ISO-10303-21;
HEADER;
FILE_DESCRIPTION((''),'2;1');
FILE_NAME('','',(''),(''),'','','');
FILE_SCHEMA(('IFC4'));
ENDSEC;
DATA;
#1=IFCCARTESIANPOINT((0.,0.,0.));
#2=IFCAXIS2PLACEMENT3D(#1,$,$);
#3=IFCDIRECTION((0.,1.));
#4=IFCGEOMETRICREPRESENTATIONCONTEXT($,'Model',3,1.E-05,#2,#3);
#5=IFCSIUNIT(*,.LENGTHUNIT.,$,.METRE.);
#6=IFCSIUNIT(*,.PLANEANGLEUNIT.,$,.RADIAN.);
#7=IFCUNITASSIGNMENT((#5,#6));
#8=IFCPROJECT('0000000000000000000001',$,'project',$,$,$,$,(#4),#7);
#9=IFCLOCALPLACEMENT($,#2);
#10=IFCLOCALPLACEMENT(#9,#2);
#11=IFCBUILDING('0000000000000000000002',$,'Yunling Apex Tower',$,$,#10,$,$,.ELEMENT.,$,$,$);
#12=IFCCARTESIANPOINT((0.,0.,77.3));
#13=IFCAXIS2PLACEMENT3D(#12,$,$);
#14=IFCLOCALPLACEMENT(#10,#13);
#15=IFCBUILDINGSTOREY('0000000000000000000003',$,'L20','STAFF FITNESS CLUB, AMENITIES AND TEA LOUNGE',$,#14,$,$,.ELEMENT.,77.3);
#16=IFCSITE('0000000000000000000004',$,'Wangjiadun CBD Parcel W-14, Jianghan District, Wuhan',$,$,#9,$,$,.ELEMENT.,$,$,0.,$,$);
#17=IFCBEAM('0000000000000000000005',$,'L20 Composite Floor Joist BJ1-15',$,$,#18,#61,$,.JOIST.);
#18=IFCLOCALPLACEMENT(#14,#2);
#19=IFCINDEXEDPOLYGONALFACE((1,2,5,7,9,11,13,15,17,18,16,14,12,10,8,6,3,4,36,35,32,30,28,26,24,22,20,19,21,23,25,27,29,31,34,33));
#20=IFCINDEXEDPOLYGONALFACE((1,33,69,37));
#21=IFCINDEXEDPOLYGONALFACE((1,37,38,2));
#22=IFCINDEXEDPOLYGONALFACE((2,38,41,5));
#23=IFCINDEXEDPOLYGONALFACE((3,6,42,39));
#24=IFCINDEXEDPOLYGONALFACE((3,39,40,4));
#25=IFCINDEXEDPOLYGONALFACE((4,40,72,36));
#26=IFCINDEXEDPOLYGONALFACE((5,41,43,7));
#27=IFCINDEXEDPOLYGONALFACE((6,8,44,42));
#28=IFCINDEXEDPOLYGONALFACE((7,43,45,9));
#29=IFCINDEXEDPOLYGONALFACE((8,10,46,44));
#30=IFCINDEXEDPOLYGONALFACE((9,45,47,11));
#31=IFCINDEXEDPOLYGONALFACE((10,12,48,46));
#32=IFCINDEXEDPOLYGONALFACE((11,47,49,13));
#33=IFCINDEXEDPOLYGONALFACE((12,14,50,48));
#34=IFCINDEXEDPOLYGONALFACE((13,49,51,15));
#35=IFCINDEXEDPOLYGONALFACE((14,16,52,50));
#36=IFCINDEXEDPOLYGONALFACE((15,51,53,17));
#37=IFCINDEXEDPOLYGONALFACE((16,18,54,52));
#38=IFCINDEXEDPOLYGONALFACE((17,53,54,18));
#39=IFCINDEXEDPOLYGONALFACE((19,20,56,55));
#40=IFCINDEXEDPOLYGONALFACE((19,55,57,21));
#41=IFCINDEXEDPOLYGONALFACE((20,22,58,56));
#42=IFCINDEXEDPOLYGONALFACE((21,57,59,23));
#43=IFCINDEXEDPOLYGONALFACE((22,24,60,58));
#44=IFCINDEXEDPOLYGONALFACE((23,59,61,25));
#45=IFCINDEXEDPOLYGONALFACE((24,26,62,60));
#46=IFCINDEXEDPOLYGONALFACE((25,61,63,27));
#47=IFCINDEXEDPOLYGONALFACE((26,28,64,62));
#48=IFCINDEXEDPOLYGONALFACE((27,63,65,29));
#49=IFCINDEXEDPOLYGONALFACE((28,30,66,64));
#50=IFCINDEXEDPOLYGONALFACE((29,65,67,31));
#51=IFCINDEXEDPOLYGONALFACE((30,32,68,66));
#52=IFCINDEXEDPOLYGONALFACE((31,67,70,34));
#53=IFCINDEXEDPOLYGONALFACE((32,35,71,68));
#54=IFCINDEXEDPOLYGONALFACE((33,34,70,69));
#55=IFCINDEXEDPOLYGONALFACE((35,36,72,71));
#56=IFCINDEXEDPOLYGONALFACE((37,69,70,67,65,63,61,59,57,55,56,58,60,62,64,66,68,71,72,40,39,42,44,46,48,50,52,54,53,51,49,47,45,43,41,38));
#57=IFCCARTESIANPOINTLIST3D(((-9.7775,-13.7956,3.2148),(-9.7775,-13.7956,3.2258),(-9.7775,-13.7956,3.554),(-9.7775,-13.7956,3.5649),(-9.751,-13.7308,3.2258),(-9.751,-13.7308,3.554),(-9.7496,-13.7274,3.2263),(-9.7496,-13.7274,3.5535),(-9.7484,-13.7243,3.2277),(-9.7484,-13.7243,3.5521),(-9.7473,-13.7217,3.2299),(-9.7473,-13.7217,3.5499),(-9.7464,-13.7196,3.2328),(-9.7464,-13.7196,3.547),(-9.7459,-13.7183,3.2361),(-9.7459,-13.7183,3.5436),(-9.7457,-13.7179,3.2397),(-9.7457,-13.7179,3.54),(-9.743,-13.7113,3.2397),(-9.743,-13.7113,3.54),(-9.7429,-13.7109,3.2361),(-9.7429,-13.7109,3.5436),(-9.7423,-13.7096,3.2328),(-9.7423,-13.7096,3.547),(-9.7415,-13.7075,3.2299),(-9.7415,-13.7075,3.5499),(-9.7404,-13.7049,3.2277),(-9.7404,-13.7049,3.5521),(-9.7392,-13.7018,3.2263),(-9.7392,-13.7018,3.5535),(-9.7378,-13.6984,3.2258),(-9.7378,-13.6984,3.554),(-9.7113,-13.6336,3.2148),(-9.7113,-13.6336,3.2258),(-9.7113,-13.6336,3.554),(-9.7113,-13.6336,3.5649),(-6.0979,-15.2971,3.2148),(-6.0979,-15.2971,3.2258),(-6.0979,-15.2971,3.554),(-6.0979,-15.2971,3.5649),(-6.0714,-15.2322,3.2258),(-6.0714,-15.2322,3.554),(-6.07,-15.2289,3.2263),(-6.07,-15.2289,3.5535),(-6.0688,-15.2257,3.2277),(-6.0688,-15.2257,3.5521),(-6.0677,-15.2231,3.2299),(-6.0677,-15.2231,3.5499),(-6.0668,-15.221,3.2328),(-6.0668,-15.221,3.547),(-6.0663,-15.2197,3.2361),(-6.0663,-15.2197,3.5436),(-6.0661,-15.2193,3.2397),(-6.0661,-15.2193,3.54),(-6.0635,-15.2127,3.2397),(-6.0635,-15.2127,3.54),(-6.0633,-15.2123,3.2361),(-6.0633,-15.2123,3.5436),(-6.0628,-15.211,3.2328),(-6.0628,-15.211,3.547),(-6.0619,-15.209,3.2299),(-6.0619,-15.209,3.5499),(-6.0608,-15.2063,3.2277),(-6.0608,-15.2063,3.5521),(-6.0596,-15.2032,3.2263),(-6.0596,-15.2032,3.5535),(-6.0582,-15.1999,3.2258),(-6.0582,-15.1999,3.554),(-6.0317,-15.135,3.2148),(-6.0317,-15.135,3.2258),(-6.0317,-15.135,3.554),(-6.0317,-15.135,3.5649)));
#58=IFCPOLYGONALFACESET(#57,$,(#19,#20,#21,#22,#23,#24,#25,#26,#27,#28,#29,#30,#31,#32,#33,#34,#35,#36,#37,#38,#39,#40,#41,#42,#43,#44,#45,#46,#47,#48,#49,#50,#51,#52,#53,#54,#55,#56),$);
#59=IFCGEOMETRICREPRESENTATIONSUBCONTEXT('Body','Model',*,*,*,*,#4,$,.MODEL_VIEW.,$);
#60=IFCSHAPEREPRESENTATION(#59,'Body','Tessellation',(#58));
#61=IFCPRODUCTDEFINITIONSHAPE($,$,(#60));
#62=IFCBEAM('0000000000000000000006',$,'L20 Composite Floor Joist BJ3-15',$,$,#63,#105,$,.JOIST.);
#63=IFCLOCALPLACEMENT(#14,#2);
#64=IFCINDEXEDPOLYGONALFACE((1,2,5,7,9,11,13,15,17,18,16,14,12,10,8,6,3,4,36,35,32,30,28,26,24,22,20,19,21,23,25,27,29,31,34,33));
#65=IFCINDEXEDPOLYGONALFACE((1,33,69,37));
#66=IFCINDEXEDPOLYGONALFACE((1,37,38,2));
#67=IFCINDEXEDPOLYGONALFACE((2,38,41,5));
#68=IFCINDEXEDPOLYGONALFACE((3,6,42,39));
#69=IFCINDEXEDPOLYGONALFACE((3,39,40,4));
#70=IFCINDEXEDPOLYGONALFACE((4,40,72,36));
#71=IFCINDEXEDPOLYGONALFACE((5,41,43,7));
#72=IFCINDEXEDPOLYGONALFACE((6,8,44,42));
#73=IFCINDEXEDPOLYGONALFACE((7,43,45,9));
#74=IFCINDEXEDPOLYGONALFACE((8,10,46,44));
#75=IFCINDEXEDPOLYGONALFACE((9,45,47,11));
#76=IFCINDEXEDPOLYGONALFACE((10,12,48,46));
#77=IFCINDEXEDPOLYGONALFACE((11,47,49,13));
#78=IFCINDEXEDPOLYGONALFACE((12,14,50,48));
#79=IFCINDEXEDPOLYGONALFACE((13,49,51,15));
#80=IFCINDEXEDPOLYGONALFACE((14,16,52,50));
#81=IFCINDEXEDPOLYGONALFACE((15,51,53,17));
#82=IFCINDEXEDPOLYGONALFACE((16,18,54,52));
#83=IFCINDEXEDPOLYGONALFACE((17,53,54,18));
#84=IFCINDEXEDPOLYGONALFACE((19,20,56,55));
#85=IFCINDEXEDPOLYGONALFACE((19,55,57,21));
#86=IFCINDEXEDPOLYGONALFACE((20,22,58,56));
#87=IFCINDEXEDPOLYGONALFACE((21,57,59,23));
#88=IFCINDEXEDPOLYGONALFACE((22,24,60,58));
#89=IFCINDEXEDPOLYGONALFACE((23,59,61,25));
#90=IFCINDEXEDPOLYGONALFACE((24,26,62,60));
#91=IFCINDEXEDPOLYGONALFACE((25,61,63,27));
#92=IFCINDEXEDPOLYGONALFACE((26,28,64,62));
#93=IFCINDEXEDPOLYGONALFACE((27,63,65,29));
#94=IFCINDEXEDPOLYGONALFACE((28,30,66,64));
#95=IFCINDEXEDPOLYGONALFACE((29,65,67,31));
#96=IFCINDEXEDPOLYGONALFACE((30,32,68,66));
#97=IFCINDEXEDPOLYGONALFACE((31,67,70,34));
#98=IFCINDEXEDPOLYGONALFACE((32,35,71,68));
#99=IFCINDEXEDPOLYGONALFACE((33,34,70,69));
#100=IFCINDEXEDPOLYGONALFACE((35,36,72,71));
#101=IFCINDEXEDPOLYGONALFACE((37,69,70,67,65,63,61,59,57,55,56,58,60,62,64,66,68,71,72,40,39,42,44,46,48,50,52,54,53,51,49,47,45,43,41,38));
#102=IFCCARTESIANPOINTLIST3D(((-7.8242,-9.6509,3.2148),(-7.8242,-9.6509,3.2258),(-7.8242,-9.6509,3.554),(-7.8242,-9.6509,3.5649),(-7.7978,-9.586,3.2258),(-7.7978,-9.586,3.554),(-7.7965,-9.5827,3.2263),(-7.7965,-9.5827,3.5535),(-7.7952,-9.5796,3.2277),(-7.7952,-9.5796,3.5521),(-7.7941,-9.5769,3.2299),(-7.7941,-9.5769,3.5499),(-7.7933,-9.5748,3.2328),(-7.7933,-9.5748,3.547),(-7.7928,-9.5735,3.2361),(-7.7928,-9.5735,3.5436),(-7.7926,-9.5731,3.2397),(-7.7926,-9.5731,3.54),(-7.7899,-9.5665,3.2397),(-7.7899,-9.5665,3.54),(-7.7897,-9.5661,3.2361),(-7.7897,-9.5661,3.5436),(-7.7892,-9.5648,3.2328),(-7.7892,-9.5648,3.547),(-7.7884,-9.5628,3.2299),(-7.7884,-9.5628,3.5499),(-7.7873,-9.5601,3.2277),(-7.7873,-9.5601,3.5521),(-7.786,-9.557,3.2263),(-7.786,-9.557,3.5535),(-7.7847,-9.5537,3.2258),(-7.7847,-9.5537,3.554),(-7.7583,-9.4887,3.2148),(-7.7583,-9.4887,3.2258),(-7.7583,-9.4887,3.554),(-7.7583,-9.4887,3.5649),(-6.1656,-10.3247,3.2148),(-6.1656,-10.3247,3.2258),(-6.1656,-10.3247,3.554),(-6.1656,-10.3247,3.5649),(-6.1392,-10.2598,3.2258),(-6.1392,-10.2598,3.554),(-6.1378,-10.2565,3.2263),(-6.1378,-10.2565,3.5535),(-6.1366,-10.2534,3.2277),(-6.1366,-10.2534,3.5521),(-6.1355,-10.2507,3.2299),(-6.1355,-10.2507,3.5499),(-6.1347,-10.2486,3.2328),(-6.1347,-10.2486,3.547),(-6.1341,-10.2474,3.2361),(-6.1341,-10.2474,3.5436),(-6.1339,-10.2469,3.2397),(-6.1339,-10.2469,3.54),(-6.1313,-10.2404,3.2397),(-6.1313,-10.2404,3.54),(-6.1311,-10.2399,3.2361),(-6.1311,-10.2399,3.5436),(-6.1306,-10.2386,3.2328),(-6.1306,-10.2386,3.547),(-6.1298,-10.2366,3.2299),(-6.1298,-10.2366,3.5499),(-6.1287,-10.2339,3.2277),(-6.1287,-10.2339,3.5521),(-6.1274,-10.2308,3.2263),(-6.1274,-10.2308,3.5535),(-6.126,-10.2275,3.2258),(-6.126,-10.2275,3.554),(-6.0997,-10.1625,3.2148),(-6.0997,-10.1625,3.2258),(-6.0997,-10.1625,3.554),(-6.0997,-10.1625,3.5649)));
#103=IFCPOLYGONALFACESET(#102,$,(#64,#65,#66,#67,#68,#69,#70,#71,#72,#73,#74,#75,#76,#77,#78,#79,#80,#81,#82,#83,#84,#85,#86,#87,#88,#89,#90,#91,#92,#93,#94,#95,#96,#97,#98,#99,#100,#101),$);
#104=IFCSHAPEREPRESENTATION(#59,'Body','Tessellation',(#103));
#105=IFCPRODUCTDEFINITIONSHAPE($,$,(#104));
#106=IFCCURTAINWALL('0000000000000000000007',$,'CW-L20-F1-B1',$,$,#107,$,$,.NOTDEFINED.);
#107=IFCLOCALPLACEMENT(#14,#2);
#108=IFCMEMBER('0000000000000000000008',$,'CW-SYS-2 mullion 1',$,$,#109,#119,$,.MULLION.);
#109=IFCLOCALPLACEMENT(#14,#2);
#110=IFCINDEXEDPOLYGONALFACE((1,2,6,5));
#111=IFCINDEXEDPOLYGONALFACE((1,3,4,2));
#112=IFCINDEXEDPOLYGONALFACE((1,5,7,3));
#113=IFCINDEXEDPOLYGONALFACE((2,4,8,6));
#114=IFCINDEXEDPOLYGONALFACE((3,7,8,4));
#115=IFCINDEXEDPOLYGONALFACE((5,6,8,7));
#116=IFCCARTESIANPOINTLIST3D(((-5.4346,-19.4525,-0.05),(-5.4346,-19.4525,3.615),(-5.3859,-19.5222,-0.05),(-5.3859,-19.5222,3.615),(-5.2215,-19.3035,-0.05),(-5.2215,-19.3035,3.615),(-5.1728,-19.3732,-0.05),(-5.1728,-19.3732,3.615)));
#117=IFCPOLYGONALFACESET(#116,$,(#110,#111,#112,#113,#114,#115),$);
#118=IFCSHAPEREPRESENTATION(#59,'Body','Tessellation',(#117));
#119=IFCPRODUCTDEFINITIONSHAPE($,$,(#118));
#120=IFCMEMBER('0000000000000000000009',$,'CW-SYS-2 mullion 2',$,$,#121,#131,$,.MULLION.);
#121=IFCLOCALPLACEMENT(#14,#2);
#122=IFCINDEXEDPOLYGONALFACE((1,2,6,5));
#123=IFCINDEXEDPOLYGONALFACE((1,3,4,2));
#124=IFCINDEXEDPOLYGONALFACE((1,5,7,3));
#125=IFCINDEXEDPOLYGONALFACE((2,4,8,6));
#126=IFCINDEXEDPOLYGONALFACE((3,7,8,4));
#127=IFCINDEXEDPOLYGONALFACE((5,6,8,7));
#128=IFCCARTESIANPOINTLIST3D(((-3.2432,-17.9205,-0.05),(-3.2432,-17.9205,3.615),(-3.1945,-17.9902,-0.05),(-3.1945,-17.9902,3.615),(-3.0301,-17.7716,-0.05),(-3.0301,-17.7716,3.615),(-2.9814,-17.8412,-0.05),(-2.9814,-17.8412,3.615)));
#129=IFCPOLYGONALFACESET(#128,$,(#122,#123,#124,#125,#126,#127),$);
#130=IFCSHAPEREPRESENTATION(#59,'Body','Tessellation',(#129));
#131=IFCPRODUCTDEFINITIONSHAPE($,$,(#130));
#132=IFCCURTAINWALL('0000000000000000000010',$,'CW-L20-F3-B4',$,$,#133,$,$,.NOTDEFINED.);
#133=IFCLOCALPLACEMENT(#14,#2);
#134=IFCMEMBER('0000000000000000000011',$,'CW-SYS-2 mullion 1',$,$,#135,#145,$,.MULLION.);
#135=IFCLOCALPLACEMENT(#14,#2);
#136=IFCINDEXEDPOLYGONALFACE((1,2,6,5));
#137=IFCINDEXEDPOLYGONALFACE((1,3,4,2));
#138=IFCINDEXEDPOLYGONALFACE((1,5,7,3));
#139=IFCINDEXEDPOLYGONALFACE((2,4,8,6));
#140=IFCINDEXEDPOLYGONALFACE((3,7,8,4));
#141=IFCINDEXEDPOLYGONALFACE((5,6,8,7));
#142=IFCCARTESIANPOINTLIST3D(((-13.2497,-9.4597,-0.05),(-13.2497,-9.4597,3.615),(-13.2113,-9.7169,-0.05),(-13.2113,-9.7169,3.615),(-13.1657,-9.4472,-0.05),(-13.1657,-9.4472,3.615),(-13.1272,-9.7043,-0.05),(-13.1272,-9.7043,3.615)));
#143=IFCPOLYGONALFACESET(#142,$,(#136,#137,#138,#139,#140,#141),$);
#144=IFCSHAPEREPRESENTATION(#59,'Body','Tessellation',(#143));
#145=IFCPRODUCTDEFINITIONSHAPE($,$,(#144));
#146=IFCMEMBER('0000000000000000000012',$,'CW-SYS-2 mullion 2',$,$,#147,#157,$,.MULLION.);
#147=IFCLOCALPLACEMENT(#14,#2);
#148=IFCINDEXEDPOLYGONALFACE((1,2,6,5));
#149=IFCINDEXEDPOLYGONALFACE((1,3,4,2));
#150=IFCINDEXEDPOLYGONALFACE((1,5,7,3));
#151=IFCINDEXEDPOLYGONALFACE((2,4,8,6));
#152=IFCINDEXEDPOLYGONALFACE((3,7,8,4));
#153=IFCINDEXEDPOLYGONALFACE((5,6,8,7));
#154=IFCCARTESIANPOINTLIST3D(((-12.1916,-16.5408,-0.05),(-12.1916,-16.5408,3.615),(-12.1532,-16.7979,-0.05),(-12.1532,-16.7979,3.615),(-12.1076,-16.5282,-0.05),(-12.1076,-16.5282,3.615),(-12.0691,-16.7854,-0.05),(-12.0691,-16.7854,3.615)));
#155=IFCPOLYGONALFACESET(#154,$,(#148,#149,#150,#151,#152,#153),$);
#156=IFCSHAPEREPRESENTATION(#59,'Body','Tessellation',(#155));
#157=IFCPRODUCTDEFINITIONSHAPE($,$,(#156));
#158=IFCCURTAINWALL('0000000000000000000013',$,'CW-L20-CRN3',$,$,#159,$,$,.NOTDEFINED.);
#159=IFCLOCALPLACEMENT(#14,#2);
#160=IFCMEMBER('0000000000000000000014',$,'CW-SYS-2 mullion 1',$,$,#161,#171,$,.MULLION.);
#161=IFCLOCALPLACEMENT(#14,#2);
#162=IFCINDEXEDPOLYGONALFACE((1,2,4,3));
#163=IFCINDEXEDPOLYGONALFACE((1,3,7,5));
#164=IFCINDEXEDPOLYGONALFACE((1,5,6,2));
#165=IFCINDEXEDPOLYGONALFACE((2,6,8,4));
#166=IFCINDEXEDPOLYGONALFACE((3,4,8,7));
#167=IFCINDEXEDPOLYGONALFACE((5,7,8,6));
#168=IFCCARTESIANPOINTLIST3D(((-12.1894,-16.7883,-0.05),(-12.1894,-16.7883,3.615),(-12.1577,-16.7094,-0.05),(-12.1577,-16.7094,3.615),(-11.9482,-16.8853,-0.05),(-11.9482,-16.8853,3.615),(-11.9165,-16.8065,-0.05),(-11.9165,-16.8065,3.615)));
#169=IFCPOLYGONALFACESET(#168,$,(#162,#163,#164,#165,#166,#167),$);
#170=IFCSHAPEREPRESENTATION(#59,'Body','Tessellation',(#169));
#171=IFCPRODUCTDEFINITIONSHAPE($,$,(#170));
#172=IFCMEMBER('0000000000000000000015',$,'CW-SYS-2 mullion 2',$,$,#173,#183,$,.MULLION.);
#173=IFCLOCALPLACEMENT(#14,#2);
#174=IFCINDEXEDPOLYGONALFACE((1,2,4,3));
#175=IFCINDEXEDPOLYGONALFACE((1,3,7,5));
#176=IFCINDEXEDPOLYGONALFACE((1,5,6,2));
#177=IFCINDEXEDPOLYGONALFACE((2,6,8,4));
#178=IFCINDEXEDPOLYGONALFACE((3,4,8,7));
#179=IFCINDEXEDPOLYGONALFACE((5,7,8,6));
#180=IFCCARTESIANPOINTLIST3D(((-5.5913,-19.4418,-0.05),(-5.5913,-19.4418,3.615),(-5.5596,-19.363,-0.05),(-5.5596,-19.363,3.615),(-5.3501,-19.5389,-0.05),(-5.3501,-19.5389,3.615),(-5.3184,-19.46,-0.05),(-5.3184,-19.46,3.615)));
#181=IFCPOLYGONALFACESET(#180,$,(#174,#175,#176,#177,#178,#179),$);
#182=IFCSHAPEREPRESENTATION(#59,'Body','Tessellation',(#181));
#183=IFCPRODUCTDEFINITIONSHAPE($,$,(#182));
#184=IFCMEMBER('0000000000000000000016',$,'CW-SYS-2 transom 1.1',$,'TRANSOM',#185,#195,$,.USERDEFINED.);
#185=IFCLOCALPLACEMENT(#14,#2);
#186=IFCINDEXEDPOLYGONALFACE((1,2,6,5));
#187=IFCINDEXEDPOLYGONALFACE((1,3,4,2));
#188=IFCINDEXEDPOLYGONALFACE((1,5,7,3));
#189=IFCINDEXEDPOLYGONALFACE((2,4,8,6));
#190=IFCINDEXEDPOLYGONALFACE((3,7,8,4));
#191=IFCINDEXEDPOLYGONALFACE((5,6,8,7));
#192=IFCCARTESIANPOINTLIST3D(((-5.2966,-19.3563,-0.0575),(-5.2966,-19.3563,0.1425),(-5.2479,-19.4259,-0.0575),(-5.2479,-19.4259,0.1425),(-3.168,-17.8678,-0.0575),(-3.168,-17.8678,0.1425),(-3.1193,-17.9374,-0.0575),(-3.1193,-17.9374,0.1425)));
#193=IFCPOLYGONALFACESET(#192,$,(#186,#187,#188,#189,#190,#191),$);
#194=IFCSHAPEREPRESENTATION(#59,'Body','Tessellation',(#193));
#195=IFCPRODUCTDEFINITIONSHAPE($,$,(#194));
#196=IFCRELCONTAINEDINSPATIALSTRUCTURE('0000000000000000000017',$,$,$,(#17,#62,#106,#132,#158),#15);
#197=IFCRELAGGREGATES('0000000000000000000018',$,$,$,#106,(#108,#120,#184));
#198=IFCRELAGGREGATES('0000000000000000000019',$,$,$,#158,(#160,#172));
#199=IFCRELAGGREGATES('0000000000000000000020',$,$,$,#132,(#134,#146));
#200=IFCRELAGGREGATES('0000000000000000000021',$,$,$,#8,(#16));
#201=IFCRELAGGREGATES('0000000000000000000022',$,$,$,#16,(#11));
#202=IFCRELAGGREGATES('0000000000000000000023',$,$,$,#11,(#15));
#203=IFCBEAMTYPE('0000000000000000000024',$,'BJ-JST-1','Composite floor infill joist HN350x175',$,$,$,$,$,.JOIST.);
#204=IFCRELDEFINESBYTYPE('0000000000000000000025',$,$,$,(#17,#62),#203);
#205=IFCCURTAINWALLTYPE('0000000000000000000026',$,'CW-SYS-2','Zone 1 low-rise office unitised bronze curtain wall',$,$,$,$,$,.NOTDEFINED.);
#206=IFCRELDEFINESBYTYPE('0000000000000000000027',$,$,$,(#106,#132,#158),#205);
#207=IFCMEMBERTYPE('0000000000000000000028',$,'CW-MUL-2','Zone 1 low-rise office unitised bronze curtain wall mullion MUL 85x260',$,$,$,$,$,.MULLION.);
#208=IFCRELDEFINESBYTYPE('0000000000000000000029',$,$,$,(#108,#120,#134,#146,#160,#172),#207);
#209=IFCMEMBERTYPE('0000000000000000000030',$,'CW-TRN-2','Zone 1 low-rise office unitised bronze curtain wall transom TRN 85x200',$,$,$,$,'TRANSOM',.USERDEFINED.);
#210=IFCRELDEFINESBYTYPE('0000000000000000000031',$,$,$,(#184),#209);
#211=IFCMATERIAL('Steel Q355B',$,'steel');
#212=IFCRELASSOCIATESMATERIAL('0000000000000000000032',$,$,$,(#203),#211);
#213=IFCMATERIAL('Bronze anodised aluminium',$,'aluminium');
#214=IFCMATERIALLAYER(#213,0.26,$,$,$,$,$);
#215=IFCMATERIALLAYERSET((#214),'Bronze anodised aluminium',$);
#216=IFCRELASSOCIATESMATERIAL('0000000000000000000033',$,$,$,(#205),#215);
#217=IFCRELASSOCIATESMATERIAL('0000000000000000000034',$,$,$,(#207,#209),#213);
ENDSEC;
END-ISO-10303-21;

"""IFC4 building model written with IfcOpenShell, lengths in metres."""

from ifc_helpers import new_model, si_unit, direction, frame, origin, origin_2d, place, context, subcontext, project, spatial, rectangle, i_section, extrude, source, transform, mapped, material, layer, layer_set, material_profile, profile_set, type_object, element, aggregate, save


model = new_model("IFC4")

# Units and contexts
model_context = context("Model", 3, precision=1e-05, world=origin(), true_north=direction((0.0, 1.0)))
body_context = subcontext(model_context, "Body", "Model", "MODEL_VIEW")
ifc_project = project(units=[si_unit("LENGTHUNIT", "METRE"), si_unit("PLANEANGLEUNIT", "RADIAN")], contexts=[model_context])

# Site, building, storey
site_placement = place(None, origin())
site = spatial("IfcSite", under=ifc_project, at=site_placement, Name="Wangjiadun CBD Parcel W-14, Jianghan District, Wuhan", CompositionType="ELEMENT", RefElevation=0.0)
building_placement = place(site_placement, origin())
building = spatial("IfcBuilding", under=site, at=building_placement, Name="Yunling Apex Tower", CompositionType="ELEMENT")
storey_placement = place(building_placement, frame((0.0, 0.0, 77.3)))
storey = spatial("IfcBuildingStorey", under=building, at=storey_placement, Name="L20", Description="STAFF FITNESS CLUB, AMENITIES AND TEA LOUNGE", CompositionType="ELEMENT", Elevation=77.3)

# Beams
ifc_material_1 = material(Name="Steel Q355B", Category="steel")
ifc_material_profile_1 = material_profile(ifc_material_1, i_section(OverallWidth=0.175, OverallDepth=0.3501, WebThickness=0.0071, FlangeThickness=0.011, FilletRadius=0.0139, at=origin_2d()))
ifc_profile_set_1 = profile_set([ifc_material_profile_1], Name="Steel Q355B")
beam_type_1 = type_object("IfcBeamType", Name="BJ-JST-1", Description="Composite floor infill joist HN350x175", PredefinedType="JOIST", material=ifc_profile_set_1)
shared_shape_1 = source(origin(), body_context, "Body", "SweptSolid", [
    extrude(i_section(OverallWidth=0.175, OverallDepth=0.3501, WebThickness=0.0071, FlangeThickness=0.011, FilletRadius=0.0139, at=origin_2d()), origin(), (0.0, 0.0, 1.0), 3.9741),
])
beam_1_placement = place(storey_placement, frame((-9.7444, -13.7146, 3.3899), z_axis=(0.925887, -0.3778, 0.0), x_axis=(0.3778, 0.925887, 0.0)))
element("IfcBeam", 1, at=beam_1_placement, inside=storey, type_object=beam_type_1, Name="L20 Composite Floor Joist BJ1-15", PredefinedType="JOIST", context=body_context, shape_type="MappedRepresentation", body=[
    mapped(shared_shape_1, transform((0.0, 0.0, 0.0), scale=1.0)),
])
shared_shape_2 = source(origin(), body_context, "Body", "SweptSolid", [
    extrude(i_section(OverallWidth=0.175, OverallDepth=0.3501, WebThickness=0.0071, FlangeThickness=0.011, FilletRadius=0.0139, at=origin_2d()), origin(), (0.0, 0.0, 1.0), 1.7903),
])
beam_2_placement = place(storey_placement, frame((-7.7913, -9.5698, 3.3899), z_axis=(0.92647, -0.37637, 0.0), x_axis=(0.37637, 0.92647, 0.0)))
element("IfcBeam", 2, at=beam_2_placement, inside=storey, type_object=beam_type_1, Name="L20 Composite Floor Joist BJ3-15", PredefinedType="JOIST", context=body_context, shape_type="MappedRepresentation", body=[
    mapped(shared_shape_2, transform((0.0, 0.0, 0.0), scale=1.0)),
])

# Curtain walls, members
ifc_material_2 = material(Name="Bronze anodised aluminium", Category="aluminium")
ifc_layer_1 = layer(ifc_material_2, 0.26)
ifc_layer_set_1 = layer_set([ifc_layer_1], Name="Bronze anodised aluminium")
curtain_wall_type = type_object("IfcCurtainWallType", Name="CW-SYS-2", Description="Zone 1 low-rise office unitised bronze curtain wall", PredefinedType="NOTDEFINED", material=ifc_layer_set_1)
curtain_wall_1_placement = place(storey_placement, origin())
curtain_wall_1 = element("IfcCurtainWall", 3, at=curtain_wall_1_placement, inside=storey, type_object=curtain_wall_type, Name="CW-L20-F1-B1", PredefinedType="NOTDEFINED")
ifc_material_profile_2 = material_profile(ifc_material_2, rectangle(XDim=0.085, YDim=0.26, at=origin_2d()))
ifc_profile_set_2 = profile_set([ifc_material_profile_2], Name="Bronze anodised aluminium")
member_type_1 = type_object("IfcMemberType", Name="CW-MUL-2", Description="Zone 1 low-rise office unitised bronze curtain wall mullion MUL 85x260", PredefinedType="MULLION", material=ifc_profile_set_2)
shared_shape_3 = source(origin(), body_context, "Body", "SweptSolid", [
    extrude(rectangle(XDim=0.085, YDim=0.26, at=origin_2d()), origin(), (0.0, 0.0, 1.0), 3.665),
])
member_1_placement = place(storey_placement, frame((-5.3037, -19.4128, -0.05), z_axis=(0.0, 0.0, 1.0), x_axis=(-0.573004, 0.819552, 0.0)))
member_1 = element("IfcMember", 4, at=member_1_placement, type_object=member_type_1, Name="CW-SYS-2 mullion 1", PredefinedType="MULLION", context=body_context, shape_type="MappedRepresentation", body=[
    mapped(shared_shape_3, transform((0.0, 0.0, 0.0), scale=1.0)),
])
member_2_placement = place(storey_placement, frame((-3.1123, -17.8809, -0.05), z_axis=(0.0, 0.0, 1.0), x_axis=(-0.573004, 0.819552, 0.0)))
member_2 = element("IfcMember", 5, at=member_2_placement, type_object=member_type_1, Name="CW-SYS-2 mullion 2", PredefinedType="MULLION", context=body_context, shape_type="MappedRepresentation", body=[
    mapped(shared_shape_3, transform((0.0, 0.0, 0.0), scale=1.0)),
])
curtain_wall_2_placement = place(storey_placement, origin())
curtain_wall_2 = element("IfcCurtainWall", 6, at=curtain_wall_2_placement, inside=storey, type_object=curtain_wall_type, Name="CW-L20-F3-B4", PredefinedType="NOTDEFINED")
member_3_placement = place(storey_placement, frame((-13.1885, -9.582, -0.05), z_axis=(0.0, 0.0, 1.0), x_axis=(0.989017, 0.147801, 0.0)))
member_3 = element("IfcMember", 7, at=member_3_placement, type_object=member_type_1, Name="CW-SYS-2 mullion 1", PredefinedType="MULLION", context=body_context, shape_type="MappedRepresentation", body=[
    mapped(shared_shape_3, transform((0.0, 0.0, 0.0), scale=1.0)),
])
member_4_placement = place(storey_placement, frame((-12.1304, -16.6631, -0.05), z_axis=(0.0, 0.0, 1.0), x_axis=(0.989017, 0.147801, 0.0)))
member_4 = element("IfcMember", 8, at=member_4_placement, type_object=member_type_1, Name="CW-SYS-2 mullion 2", PredefinedType="MULLION", context=body_context, shape_type="MappedRepresentation", body=[
    mapped(shared_shape_3, transform((0.0, 0.0, 0.0), scale=1.0)),
])
curtain_wall_3_placement = place(storey_placement, origin())
curtain_wall_3 = element("IfcCurtainWall", 9, at=curtain_wall_3_placement, inside=storey, type_object=curtain_wall_type, Name="CW-L20-CRN3", PredefinedType="NOTDEFINED")
member_5_placement = place(storey_placement, frame((-12.053, -16.7974, -0.05), z_axis=(0.0, 0.0, 1.0), x_axis=(0.373144, 0.927774, 0.0)))
member_5 = element("IfcMember", 10, at=member_5_placement, type_object=member_type_1, Name="CW-SYS-2 mullion 1", PredefinedType="MULLION", context=body_context, shape_type="MappedRepresentation", body=[
    mapped(shared_shape_3, transform((0.0, 0.0, 0.0), scale=1.0)),
])
member_6_placement = place(storey_placement, frame((-5.4548, -19.4509, -0.05), z_axis=(0.0, 0.0, 1.0), x_axis=(0.373144, 0.927774, 0.0)))
member_6 = element("IfcMember", 11, at=member_6_placement, type_object=member_type_1, Name="CW-SYS-2 mullion 2", PredefinedType="MULLION", context=body_context, shape_type="MappedRepresentation", body=[
    mapped(shared_shape_3, transform((0.0, 0.0, 0.0), scale=1.0)),
])

# Member
ifc_material_profile_3 = material_profile(ifc_material_2, rectangle(XDim=0.085, YDim=0.2, at=origin_2d()))
ifc_profile_set_3 = profile_set([ifc_material_profile_3], Name="Bronze anodised aluminium")
member_type_2 = type_object("IfcMemberType", Name="CW-TRN-2", Description="Zone 1 low-rise office unitised bronze curtain wall transom TRN 85x200", ElementType="TRANSOM", PredefinedType="USERDEFINED", material=ifc_profile_set_3)
shared_shape_4 = source(origin(), body_context, "Body", "SweptSolid", [
    extrude(rectangle(XDim=0.085, YDim=0.2, at=origin_2d()), origin(), (0.0, 0.0, 1.0), 2.5974),
])
member_7_placement = place(storey_placement, frame((-5.2722, -19.3911, 0.0425), z_axis=(0.81951, 0.573065, 0.0), x_axis=(-0.573065, 0.81951, 0.0)))
member_7 = element("IfcMember", 12, at=member_7_placement, type_object=member_type_2, Name="CW-SYS-2 transom 1.1", ObjectType="TRANSOM", PredefinedType="USERDEFINED", context=body_context, shape_type="MappedRepresentation", body=[
    mapped(shared_shape_4, transform((0.0, 0.0, 0.0), scale=1.0)),
])

aggregate(curtain_wall_1, [member_1, member_2, member_7])
aggregate(curtain_wall_3, [member_5, member_6])
aggregate(curtain_wall_2, [member_3, member_4])

save(model, "model.ifc")
